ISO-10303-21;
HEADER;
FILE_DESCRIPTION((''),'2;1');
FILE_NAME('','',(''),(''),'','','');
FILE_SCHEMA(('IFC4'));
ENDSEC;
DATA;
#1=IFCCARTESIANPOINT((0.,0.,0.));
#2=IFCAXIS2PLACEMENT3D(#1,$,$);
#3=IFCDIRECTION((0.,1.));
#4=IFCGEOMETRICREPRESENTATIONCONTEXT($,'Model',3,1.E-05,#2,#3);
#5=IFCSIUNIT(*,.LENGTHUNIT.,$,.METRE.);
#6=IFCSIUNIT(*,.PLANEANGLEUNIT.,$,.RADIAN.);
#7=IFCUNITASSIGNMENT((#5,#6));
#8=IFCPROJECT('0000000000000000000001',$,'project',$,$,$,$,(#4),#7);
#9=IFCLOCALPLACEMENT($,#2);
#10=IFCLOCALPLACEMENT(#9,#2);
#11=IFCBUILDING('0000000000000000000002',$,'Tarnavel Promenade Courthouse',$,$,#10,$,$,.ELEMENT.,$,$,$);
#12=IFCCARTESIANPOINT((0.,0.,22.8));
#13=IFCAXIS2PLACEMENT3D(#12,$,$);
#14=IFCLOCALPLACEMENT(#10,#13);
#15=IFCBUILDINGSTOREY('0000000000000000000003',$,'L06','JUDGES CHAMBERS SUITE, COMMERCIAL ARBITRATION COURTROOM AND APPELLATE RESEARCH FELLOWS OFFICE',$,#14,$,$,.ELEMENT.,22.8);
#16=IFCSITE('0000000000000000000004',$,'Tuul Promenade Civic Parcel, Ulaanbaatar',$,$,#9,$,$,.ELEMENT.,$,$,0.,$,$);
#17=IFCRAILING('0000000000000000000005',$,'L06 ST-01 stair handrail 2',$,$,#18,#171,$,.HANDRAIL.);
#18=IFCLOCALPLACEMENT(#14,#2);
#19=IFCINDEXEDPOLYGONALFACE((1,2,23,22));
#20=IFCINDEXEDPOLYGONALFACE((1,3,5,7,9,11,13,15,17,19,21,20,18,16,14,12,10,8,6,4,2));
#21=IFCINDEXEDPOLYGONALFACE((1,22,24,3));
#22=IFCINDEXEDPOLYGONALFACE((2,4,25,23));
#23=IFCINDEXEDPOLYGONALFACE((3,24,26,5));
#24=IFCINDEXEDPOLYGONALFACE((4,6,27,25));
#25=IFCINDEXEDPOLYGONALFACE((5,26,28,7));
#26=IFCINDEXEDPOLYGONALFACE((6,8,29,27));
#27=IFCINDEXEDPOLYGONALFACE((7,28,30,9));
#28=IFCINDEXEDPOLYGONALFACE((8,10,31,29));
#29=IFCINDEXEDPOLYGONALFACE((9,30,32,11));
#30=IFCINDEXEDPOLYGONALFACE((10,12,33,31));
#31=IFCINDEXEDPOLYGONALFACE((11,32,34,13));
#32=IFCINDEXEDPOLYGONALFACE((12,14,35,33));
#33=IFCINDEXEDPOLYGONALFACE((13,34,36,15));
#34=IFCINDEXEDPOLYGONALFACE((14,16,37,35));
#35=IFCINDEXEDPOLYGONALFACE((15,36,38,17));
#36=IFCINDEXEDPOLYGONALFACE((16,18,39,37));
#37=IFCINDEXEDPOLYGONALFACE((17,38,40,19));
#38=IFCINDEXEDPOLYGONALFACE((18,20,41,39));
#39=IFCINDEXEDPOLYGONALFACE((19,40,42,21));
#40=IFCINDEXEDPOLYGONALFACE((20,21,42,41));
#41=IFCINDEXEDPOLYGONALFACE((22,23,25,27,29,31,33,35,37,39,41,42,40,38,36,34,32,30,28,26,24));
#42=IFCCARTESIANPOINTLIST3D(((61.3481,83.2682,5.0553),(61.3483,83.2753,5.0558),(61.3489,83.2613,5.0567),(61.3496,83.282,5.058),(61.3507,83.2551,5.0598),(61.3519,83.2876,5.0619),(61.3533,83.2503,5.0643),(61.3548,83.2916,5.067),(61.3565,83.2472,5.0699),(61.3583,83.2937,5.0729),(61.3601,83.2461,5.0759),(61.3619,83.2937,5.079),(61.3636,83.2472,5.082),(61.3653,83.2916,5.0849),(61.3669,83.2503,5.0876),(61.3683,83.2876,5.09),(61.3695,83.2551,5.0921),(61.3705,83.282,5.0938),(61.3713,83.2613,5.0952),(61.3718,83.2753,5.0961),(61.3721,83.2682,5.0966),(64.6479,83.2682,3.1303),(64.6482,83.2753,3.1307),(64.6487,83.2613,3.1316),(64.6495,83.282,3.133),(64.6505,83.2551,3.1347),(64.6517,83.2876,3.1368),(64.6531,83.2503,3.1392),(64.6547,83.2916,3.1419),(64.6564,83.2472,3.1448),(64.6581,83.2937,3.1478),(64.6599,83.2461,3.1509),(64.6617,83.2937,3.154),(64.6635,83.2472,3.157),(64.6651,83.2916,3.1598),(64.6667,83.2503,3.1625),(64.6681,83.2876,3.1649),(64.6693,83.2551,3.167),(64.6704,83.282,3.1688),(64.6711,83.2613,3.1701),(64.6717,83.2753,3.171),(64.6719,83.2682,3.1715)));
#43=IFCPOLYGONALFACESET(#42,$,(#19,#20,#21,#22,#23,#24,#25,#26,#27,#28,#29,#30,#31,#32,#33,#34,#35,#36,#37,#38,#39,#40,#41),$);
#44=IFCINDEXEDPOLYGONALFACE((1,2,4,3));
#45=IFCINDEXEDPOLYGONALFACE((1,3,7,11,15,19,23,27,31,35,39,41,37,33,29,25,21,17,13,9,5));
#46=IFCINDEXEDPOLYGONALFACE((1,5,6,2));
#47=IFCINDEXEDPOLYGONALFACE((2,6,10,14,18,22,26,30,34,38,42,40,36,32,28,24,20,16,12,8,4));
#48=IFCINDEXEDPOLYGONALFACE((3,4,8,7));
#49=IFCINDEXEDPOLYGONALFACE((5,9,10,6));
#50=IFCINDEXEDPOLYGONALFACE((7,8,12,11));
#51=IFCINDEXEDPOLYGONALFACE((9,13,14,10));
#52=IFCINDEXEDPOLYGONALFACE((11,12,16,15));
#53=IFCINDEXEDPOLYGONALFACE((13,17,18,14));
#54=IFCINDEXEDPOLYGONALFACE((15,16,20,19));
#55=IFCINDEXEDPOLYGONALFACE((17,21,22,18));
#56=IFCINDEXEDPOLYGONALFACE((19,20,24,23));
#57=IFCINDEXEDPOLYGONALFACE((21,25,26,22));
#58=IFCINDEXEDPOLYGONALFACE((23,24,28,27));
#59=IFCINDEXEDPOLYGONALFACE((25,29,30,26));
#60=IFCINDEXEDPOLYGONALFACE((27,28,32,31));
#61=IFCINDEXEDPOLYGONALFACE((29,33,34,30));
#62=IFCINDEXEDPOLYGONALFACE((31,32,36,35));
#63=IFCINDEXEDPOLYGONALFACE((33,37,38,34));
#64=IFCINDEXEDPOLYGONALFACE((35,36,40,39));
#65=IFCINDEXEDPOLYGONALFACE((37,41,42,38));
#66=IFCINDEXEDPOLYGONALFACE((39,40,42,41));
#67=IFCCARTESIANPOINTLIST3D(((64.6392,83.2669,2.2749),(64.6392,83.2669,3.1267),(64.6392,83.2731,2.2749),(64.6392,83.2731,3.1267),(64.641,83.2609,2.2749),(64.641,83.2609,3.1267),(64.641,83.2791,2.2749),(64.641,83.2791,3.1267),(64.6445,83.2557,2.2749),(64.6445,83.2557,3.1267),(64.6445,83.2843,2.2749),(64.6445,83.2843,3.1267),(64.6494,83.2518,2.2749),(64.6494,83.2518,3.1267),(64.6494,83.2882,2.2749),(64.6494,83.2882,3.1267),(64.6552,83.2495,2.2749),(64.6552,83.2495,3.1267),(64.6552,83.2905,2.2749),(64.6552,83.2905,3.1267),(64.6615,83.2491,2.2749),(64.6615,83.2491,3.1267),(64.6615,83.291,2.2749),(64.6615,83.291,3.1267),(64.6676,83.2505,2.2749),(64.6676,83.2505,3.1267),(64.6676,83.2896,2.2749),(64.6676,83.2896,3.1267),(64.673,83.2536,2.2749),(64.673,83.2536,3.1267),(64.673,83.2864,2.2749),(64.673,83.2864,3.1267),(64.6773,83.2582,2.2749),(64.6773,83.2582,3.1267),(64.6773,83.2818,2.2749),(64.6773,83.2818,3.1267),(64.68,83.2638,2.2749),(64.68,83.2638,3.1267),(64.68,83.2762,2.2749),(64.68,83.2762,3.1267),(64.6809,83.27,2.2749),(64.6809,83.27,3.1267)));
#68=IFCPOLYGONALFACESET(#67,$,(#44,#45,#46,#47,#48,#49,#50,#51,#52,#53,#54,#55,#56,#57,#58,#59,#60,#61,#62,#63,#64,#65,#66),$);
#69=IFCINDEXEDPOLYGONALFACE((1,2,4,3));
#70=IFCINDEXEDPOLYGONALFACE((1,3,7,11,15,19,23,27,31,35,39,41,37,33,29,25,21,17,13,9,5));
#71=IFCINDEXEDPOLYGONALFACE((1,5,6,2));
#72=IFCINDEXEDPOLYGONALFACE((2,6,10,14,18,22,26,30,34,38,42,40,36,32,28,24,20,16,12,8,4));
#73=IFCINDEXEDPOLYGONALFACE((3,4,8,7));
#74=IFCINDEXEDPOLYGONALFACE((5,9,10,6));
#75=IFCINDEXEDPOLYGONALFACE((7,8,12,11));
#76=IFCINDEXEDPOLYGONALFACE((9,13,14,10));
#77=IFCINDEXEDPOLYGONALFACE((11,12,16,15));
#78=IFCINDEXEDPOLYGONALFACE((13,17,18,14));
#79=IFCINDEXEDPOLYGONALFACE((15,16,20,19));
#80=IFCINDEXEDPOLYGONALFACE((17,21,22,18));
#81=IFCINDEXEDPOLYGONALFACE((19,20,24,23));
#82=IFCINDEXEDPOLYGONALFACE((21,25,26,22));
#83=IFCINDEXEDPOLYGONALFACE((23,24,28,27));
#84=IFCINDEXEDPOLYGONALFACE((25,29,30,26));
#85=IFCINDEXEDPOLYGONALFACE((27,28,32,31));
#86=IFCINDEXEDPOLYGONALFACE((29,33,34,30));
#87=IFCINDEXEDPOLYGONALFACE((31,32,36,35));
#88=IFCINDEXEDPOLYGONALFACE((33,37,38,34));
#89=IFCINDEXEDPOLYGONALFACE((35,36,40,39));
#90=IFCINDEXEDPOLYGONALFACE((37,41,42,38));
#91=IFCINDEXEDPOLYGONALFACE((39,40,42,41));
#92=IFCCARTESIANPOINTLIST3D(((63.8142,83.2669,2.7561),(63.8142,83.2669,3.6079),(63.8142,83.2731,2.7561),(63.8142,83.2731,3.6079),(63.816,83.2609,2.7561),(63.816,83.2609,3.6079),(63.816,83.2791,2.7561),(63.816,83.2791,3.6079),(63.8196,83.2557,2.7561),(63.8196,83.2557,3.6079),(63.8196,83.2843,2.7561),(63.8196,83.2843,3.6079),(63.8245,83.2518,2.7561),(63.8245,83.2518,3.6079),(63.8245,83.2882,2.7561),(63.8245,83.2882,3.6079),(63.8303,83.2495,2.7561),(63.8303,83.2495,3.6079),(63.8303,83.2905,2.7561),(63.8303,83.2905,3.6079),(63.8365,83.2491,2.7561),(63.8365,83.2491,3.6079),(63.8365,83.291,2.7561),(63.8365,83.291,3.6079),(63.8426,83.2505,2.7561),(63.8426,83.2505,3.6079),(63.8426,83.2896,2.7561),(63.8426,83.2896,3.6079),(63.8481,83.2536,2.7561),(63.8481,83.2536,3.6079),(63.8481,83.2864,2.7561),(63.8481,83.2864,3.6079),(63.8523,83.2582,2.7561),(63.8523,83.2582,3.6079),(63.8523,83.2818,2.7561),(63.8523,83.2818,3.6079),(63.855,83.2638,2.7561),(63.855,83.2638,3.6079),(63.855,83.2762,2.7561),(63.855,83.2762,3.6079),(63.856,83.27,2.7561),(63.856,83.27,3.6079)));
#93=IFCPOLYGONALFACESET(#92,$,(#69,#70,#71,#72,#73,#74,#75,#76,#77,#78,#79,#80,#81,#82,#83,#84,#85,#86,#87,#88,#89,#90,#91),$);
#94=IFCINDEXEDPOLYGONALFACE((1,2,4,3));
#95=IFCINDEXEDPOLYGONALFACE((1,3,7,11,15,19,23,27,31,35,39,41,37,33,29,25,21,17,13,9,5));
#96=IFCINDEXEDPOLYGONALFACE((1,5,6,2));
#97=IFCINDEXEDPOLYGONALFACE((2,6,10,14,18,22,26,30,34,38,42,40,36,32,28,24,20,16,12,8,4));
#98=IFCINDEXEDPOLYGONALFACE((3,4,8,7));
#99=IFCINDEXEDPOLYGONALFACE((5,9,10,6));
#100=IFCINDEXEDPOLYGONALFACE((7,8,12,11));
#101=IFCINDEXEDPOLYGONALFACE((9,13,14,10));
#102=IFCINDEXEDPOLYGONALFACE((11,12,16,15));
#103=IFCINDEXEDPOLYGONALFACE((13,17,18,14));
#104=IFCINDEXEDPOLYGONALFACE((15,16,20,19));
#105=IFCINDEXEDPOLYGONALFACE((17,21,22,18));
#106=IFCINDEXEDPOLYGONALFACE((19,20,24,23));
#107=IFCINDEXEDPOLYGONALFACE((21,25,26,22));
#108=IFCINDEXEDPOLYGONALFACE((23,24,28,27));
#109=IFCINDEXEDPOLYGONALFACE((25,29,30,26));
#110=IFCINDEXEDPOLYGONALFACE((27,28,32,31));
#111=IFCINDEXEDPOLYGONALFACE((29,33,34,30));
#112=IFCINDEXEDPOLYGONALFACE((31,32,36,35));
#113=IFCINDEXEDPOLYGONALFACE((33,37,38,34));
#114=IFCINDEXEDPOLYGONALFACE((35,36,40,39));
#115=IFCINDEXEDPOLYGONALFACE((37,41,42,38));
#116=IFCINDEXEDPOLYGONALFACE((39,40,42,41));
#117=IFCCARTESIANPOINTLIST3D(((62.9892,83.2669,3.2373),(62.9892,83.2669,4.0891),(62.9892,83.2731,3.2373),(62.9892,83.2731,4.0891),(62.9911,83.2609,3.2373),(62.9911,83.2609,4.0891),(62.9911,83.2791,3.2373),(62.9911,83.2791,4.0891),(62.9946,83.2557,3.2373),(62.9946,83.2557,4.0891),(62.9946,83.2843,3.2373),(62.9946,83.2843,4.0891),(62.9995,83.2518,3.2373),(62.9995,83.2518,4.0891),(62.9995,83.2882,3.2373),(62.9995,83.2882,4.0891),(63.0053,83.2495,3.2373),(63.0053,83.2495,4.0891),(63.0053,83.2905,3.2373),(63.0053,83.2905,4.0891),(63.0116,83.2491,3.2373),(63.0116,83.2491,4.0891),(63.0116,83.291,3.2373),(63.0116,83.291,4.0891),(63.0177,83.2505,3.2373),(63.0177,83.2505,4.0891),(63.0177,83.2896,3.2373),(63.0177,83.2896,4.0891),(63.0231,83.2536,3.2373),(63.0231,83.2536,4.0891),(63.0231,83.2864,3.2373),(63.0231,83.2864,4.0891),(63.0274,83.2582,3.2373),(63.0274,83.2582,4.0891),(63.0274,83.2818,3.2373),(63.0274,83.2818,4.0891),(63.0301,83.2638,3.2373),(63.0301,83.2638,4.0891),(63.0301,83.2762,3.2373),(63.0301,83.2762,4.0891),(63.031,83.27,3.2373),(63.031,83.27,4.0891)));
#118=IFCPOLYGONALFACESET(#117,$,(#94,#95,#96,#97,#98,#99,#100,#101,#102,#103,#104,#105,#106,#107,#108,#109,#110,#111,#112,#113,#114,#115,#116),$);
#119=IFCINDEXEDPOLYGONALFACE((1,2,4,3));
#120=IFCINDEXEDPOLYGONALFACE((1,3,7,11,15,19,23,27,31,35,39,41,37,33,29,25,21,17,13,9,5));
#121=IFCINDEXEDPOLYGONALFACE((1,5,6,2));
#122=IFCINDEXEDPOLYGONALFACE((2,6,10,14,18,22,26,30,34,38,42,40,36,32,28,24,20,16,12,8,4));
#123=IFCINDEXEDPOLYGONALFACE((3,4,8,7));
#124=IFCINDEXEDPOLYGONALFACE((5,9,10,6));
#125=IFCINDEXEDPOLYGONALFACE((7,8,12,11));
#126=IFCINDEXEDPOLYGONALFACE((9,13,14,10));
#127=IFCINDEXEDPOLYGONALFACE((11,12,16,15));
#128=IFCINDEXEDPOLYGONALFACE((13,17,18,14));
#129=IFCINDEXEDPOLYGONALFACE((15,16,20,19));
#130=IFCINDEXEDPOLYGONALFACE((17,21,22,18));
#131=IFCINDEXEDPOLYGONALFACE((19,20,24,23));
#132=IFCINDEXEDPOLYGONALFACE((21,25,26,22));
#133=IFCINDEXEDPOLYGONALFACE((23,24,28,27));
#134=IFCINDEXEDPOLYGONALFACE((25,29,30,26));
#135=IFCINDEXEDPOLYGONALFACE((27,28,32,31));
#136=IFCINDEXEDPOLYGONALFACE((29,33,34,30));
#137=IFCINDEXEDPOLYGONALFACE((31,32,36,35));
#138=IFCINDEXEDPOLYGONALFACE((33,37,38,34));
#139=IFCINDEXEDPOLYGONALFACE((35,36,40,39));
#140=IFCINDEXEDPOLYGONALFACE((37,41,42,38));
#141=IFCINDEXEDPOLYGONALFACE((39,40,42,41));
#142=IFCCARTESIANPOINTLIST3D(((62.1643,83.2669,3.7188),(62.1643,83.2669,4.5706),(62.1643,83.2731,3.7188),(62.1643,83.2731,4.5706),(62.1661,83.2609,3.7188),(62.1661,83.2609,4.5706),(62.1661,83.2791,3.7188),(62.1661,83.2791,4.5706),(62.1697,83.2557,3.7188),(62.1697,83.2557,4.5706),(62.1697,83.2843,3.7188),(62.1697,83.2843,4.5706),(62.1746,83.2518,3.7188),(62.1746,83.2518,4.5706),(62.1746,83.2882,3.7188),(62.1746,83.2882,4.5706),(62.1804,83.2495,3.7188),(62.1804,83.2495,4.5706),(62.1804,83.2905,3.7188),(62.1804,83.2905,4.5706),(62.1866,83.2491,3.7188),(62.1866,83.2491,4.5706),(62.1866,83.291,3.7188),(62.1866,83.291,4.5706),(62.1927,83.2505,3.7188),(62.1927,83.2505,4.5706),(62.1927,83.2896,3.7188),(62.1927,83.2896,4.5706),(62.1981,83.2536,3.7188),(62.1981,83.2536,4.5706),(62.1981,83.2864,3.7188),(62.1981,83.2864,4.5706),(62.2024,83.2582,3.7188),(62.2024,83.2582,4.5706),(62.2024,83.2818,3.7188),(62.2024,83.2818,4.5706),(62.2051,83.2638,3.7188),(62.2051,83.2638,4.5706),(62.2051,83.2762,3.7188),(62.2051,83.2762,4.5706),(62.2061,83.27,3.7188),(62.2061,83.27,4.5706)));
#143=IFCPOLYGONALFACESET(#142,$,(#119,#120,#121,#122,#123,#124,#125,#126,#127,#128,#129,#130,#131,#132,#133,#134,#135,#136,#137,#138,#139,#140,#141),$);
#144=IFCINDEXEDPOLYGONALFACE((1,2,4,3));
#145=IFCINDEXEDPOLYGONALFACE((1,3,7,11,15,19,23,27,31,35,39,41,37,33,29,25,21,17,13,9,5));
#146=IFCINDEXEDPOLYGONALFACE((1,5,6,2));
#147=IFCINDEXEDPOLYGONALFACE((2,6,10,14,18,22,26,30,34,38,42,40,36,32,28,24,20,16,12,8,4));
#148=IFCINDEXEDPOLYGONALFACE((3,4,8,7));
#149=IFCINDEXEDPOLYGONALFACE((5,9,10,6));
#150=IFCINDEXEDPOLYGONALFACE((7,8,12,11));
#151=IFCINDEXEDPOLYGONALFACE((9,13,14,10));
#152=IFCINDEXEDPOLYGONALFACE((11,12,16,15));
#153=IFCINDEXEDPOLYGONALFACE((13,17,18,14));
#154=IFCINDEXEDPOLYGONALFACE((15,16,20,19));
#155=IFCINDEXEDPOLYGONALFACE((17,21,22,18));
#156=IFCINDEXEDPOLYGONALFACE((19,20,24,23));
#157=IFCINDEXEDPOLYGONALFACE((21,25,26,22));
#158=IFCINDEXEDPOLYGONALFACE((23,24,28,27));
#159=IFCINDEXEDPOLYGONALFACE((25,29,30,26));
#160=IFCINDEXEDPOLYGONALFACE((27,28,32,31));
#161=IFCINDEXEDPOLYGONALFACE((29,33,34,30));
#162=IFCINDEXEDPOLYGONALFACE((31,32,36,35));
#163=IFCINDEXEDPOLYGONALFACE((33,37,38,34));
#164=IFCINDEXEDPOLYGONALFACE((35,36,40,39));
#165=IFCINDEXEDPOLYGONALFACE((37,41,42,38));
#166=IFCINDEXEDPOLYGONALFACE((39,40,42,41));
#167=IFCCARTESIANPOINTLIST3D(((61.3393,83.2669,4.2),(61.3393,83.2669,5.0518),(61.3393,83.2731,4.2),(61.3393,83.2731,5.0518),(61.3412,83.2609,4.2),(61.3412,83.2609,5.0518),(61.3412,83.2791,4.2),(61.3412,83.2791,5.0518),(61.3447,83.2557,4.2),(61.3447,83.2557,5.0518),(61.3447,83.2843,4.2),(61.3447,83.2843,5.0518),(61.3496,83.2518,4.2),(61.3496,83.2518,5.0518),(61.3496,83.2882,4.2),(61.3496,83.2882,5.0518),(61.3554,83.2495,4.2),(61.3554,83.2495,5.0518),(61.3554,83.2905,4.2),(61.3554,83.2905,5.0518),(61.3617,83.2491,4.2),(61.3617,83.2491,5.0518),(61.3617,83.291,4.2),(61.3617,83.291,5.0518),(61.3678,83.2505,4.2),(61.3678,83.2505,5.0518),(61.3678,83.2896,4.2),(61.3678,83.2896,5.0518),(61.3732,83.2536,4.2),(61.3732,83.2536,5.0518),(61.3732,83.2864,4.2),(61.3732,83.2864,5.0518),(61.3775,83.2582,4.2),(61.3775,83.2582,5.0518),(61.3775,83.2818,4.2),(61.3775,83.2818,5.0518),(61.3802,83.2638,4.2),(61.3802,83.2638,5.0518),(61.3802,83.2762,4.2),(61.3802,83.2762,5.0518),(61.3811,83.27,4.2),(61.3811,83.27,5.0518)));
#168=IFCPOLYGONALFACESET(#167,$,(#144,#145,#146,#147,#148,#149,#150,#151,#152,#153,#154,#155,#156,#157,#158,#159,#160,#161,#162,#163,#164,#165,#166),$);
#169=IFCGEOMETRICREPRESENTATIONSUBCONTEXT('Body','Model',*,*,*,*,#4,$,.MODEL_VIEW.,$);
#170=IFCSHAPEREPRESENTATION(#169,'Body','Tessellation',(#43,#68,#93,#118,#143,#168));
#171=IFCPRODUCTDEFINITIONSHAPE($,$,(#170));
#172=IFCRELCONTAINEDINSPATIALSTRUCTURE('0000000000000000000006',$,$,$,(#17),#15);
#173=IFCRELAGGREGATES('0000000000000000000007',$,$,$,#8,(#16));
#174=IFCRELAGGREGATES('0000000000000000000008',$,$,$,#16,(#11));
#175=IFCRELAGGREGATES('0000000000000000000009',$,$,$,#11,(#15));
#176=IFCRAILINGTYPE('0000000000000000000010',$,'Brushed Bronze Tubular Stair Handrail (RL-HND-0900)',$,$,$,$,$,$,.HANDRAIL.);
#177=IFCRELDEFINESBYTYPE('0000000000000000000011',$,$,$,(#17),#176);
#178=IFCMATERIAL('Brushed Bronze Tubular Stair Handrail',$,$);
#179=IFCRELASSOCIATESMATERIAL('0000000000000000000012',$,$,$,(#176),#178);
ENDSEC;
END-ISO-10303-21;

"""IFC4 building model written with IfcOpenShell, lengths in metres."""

from ifc_helpers import new_model, si_unit, direction, frame, origin, origin_2d, place, context, subcontext, project, spatial, circle, extrude, material, type_object, element, save


model = new_model("IFC4")

# Units and contexts
model_context = context("Model", 3, precision=1e-05, world=origin(), true_north=direction((0.0, 1.0)))
body_context = subcontext(model_context, "Body", "Model", "MODEL_VIEW")
ifc_project = project(units=[si_unit("LENGTHUNIT", "METRE"), si_unit("PLANEANGLEUNIT", "RADIAN")], contexts=[model_context])

# Site, building, storey
site_placement = place(None, origin())
site = spatial("IfcSite", under=ifc_project, at=site_placement, Name="Tuul Promenade Civic Parcel, Ulaanbaatar", CompositionType="ELEMENT", RefElevation=0.0)
building_placement = place(site_placement, origin())
building = spatial("IfcBuilding", under=site, at=building_placement, Name="Tarnavel Promenade Courthouse", CompositionType="ELEMENT")
storey_placement = place(building_placement, frame((0.0, 0.0, 22.8)))
storey = spatial("IfcBuildingStorey", under=building, at=storey_placement, Name="L06", Description="JUDGES CHAMBERS SUITE, COMMERCIAL ARBITRATION COURTROOM AND APPELLATE RESEARCH FELLOWS OFFICE", CompositionType="ELEMENT", Elevation=22.8)

# Railing
ifc_material_1 = material(Name="Brushed Bronze Tubular Stair Handrail")
railing_type_1 = type_object("IfcRailingType", Name="Brushed Bronze Tubular Stair Handrail (RL-HND-0900)", PredefinedType="HANDRAIL", material=ifc_material_1)
railing_1_placement = place(storey_placement, frame((64.6599, 83.27, 2.2749)))
element("IfcRailing", 1, at=railing_1_placement, inside=storey, type_object=railing_type_1, Name="L06 ST-01 stair handrail 2", PredefinedType="HANDRAIL", context=body_context, shape_type="SweptSolid", body=[
    extrude(circle(Radius=0.0239, at=origin_2d()), frame((0.0, 0.0, 0.876), z_axis=(-0.86376, 0.0, 0.503903), x_axis=(0.0, -1.0, 0.0)), (0.0, 0.0, 1.0), 3.8203),
    extrude(circle(Radius=0.021, at=origin_2d()), origin(), (0.0, 0.0, 1.0), 0.8518),
    extrude(circle(Radius=0.021, at=origin_2d()), frame((-0.825, 0.0, 0.4812)), (0.0, 0.0, 1.0), 0.8518),
    extrude(circle(Radius=0.021, at=origin_2d()), frame((-1.6499, 0.0, 0.9624)), (0.0, 0.0, 1.0), 0.8518),
    extrude(circle(Radius=0.021, at=origin_2d()), frame((-2.4749, 0.0, 1.4438)), (0.0, 0.0, 1.0), 0.8518),
    extrude(circle(Radius=0.021, at=origin_2d()), frame((-3.2998, 0.0, 1.925)), (0.0, 0.0, 1.0), 0.8518),
])

save(model, "model.ifc")
